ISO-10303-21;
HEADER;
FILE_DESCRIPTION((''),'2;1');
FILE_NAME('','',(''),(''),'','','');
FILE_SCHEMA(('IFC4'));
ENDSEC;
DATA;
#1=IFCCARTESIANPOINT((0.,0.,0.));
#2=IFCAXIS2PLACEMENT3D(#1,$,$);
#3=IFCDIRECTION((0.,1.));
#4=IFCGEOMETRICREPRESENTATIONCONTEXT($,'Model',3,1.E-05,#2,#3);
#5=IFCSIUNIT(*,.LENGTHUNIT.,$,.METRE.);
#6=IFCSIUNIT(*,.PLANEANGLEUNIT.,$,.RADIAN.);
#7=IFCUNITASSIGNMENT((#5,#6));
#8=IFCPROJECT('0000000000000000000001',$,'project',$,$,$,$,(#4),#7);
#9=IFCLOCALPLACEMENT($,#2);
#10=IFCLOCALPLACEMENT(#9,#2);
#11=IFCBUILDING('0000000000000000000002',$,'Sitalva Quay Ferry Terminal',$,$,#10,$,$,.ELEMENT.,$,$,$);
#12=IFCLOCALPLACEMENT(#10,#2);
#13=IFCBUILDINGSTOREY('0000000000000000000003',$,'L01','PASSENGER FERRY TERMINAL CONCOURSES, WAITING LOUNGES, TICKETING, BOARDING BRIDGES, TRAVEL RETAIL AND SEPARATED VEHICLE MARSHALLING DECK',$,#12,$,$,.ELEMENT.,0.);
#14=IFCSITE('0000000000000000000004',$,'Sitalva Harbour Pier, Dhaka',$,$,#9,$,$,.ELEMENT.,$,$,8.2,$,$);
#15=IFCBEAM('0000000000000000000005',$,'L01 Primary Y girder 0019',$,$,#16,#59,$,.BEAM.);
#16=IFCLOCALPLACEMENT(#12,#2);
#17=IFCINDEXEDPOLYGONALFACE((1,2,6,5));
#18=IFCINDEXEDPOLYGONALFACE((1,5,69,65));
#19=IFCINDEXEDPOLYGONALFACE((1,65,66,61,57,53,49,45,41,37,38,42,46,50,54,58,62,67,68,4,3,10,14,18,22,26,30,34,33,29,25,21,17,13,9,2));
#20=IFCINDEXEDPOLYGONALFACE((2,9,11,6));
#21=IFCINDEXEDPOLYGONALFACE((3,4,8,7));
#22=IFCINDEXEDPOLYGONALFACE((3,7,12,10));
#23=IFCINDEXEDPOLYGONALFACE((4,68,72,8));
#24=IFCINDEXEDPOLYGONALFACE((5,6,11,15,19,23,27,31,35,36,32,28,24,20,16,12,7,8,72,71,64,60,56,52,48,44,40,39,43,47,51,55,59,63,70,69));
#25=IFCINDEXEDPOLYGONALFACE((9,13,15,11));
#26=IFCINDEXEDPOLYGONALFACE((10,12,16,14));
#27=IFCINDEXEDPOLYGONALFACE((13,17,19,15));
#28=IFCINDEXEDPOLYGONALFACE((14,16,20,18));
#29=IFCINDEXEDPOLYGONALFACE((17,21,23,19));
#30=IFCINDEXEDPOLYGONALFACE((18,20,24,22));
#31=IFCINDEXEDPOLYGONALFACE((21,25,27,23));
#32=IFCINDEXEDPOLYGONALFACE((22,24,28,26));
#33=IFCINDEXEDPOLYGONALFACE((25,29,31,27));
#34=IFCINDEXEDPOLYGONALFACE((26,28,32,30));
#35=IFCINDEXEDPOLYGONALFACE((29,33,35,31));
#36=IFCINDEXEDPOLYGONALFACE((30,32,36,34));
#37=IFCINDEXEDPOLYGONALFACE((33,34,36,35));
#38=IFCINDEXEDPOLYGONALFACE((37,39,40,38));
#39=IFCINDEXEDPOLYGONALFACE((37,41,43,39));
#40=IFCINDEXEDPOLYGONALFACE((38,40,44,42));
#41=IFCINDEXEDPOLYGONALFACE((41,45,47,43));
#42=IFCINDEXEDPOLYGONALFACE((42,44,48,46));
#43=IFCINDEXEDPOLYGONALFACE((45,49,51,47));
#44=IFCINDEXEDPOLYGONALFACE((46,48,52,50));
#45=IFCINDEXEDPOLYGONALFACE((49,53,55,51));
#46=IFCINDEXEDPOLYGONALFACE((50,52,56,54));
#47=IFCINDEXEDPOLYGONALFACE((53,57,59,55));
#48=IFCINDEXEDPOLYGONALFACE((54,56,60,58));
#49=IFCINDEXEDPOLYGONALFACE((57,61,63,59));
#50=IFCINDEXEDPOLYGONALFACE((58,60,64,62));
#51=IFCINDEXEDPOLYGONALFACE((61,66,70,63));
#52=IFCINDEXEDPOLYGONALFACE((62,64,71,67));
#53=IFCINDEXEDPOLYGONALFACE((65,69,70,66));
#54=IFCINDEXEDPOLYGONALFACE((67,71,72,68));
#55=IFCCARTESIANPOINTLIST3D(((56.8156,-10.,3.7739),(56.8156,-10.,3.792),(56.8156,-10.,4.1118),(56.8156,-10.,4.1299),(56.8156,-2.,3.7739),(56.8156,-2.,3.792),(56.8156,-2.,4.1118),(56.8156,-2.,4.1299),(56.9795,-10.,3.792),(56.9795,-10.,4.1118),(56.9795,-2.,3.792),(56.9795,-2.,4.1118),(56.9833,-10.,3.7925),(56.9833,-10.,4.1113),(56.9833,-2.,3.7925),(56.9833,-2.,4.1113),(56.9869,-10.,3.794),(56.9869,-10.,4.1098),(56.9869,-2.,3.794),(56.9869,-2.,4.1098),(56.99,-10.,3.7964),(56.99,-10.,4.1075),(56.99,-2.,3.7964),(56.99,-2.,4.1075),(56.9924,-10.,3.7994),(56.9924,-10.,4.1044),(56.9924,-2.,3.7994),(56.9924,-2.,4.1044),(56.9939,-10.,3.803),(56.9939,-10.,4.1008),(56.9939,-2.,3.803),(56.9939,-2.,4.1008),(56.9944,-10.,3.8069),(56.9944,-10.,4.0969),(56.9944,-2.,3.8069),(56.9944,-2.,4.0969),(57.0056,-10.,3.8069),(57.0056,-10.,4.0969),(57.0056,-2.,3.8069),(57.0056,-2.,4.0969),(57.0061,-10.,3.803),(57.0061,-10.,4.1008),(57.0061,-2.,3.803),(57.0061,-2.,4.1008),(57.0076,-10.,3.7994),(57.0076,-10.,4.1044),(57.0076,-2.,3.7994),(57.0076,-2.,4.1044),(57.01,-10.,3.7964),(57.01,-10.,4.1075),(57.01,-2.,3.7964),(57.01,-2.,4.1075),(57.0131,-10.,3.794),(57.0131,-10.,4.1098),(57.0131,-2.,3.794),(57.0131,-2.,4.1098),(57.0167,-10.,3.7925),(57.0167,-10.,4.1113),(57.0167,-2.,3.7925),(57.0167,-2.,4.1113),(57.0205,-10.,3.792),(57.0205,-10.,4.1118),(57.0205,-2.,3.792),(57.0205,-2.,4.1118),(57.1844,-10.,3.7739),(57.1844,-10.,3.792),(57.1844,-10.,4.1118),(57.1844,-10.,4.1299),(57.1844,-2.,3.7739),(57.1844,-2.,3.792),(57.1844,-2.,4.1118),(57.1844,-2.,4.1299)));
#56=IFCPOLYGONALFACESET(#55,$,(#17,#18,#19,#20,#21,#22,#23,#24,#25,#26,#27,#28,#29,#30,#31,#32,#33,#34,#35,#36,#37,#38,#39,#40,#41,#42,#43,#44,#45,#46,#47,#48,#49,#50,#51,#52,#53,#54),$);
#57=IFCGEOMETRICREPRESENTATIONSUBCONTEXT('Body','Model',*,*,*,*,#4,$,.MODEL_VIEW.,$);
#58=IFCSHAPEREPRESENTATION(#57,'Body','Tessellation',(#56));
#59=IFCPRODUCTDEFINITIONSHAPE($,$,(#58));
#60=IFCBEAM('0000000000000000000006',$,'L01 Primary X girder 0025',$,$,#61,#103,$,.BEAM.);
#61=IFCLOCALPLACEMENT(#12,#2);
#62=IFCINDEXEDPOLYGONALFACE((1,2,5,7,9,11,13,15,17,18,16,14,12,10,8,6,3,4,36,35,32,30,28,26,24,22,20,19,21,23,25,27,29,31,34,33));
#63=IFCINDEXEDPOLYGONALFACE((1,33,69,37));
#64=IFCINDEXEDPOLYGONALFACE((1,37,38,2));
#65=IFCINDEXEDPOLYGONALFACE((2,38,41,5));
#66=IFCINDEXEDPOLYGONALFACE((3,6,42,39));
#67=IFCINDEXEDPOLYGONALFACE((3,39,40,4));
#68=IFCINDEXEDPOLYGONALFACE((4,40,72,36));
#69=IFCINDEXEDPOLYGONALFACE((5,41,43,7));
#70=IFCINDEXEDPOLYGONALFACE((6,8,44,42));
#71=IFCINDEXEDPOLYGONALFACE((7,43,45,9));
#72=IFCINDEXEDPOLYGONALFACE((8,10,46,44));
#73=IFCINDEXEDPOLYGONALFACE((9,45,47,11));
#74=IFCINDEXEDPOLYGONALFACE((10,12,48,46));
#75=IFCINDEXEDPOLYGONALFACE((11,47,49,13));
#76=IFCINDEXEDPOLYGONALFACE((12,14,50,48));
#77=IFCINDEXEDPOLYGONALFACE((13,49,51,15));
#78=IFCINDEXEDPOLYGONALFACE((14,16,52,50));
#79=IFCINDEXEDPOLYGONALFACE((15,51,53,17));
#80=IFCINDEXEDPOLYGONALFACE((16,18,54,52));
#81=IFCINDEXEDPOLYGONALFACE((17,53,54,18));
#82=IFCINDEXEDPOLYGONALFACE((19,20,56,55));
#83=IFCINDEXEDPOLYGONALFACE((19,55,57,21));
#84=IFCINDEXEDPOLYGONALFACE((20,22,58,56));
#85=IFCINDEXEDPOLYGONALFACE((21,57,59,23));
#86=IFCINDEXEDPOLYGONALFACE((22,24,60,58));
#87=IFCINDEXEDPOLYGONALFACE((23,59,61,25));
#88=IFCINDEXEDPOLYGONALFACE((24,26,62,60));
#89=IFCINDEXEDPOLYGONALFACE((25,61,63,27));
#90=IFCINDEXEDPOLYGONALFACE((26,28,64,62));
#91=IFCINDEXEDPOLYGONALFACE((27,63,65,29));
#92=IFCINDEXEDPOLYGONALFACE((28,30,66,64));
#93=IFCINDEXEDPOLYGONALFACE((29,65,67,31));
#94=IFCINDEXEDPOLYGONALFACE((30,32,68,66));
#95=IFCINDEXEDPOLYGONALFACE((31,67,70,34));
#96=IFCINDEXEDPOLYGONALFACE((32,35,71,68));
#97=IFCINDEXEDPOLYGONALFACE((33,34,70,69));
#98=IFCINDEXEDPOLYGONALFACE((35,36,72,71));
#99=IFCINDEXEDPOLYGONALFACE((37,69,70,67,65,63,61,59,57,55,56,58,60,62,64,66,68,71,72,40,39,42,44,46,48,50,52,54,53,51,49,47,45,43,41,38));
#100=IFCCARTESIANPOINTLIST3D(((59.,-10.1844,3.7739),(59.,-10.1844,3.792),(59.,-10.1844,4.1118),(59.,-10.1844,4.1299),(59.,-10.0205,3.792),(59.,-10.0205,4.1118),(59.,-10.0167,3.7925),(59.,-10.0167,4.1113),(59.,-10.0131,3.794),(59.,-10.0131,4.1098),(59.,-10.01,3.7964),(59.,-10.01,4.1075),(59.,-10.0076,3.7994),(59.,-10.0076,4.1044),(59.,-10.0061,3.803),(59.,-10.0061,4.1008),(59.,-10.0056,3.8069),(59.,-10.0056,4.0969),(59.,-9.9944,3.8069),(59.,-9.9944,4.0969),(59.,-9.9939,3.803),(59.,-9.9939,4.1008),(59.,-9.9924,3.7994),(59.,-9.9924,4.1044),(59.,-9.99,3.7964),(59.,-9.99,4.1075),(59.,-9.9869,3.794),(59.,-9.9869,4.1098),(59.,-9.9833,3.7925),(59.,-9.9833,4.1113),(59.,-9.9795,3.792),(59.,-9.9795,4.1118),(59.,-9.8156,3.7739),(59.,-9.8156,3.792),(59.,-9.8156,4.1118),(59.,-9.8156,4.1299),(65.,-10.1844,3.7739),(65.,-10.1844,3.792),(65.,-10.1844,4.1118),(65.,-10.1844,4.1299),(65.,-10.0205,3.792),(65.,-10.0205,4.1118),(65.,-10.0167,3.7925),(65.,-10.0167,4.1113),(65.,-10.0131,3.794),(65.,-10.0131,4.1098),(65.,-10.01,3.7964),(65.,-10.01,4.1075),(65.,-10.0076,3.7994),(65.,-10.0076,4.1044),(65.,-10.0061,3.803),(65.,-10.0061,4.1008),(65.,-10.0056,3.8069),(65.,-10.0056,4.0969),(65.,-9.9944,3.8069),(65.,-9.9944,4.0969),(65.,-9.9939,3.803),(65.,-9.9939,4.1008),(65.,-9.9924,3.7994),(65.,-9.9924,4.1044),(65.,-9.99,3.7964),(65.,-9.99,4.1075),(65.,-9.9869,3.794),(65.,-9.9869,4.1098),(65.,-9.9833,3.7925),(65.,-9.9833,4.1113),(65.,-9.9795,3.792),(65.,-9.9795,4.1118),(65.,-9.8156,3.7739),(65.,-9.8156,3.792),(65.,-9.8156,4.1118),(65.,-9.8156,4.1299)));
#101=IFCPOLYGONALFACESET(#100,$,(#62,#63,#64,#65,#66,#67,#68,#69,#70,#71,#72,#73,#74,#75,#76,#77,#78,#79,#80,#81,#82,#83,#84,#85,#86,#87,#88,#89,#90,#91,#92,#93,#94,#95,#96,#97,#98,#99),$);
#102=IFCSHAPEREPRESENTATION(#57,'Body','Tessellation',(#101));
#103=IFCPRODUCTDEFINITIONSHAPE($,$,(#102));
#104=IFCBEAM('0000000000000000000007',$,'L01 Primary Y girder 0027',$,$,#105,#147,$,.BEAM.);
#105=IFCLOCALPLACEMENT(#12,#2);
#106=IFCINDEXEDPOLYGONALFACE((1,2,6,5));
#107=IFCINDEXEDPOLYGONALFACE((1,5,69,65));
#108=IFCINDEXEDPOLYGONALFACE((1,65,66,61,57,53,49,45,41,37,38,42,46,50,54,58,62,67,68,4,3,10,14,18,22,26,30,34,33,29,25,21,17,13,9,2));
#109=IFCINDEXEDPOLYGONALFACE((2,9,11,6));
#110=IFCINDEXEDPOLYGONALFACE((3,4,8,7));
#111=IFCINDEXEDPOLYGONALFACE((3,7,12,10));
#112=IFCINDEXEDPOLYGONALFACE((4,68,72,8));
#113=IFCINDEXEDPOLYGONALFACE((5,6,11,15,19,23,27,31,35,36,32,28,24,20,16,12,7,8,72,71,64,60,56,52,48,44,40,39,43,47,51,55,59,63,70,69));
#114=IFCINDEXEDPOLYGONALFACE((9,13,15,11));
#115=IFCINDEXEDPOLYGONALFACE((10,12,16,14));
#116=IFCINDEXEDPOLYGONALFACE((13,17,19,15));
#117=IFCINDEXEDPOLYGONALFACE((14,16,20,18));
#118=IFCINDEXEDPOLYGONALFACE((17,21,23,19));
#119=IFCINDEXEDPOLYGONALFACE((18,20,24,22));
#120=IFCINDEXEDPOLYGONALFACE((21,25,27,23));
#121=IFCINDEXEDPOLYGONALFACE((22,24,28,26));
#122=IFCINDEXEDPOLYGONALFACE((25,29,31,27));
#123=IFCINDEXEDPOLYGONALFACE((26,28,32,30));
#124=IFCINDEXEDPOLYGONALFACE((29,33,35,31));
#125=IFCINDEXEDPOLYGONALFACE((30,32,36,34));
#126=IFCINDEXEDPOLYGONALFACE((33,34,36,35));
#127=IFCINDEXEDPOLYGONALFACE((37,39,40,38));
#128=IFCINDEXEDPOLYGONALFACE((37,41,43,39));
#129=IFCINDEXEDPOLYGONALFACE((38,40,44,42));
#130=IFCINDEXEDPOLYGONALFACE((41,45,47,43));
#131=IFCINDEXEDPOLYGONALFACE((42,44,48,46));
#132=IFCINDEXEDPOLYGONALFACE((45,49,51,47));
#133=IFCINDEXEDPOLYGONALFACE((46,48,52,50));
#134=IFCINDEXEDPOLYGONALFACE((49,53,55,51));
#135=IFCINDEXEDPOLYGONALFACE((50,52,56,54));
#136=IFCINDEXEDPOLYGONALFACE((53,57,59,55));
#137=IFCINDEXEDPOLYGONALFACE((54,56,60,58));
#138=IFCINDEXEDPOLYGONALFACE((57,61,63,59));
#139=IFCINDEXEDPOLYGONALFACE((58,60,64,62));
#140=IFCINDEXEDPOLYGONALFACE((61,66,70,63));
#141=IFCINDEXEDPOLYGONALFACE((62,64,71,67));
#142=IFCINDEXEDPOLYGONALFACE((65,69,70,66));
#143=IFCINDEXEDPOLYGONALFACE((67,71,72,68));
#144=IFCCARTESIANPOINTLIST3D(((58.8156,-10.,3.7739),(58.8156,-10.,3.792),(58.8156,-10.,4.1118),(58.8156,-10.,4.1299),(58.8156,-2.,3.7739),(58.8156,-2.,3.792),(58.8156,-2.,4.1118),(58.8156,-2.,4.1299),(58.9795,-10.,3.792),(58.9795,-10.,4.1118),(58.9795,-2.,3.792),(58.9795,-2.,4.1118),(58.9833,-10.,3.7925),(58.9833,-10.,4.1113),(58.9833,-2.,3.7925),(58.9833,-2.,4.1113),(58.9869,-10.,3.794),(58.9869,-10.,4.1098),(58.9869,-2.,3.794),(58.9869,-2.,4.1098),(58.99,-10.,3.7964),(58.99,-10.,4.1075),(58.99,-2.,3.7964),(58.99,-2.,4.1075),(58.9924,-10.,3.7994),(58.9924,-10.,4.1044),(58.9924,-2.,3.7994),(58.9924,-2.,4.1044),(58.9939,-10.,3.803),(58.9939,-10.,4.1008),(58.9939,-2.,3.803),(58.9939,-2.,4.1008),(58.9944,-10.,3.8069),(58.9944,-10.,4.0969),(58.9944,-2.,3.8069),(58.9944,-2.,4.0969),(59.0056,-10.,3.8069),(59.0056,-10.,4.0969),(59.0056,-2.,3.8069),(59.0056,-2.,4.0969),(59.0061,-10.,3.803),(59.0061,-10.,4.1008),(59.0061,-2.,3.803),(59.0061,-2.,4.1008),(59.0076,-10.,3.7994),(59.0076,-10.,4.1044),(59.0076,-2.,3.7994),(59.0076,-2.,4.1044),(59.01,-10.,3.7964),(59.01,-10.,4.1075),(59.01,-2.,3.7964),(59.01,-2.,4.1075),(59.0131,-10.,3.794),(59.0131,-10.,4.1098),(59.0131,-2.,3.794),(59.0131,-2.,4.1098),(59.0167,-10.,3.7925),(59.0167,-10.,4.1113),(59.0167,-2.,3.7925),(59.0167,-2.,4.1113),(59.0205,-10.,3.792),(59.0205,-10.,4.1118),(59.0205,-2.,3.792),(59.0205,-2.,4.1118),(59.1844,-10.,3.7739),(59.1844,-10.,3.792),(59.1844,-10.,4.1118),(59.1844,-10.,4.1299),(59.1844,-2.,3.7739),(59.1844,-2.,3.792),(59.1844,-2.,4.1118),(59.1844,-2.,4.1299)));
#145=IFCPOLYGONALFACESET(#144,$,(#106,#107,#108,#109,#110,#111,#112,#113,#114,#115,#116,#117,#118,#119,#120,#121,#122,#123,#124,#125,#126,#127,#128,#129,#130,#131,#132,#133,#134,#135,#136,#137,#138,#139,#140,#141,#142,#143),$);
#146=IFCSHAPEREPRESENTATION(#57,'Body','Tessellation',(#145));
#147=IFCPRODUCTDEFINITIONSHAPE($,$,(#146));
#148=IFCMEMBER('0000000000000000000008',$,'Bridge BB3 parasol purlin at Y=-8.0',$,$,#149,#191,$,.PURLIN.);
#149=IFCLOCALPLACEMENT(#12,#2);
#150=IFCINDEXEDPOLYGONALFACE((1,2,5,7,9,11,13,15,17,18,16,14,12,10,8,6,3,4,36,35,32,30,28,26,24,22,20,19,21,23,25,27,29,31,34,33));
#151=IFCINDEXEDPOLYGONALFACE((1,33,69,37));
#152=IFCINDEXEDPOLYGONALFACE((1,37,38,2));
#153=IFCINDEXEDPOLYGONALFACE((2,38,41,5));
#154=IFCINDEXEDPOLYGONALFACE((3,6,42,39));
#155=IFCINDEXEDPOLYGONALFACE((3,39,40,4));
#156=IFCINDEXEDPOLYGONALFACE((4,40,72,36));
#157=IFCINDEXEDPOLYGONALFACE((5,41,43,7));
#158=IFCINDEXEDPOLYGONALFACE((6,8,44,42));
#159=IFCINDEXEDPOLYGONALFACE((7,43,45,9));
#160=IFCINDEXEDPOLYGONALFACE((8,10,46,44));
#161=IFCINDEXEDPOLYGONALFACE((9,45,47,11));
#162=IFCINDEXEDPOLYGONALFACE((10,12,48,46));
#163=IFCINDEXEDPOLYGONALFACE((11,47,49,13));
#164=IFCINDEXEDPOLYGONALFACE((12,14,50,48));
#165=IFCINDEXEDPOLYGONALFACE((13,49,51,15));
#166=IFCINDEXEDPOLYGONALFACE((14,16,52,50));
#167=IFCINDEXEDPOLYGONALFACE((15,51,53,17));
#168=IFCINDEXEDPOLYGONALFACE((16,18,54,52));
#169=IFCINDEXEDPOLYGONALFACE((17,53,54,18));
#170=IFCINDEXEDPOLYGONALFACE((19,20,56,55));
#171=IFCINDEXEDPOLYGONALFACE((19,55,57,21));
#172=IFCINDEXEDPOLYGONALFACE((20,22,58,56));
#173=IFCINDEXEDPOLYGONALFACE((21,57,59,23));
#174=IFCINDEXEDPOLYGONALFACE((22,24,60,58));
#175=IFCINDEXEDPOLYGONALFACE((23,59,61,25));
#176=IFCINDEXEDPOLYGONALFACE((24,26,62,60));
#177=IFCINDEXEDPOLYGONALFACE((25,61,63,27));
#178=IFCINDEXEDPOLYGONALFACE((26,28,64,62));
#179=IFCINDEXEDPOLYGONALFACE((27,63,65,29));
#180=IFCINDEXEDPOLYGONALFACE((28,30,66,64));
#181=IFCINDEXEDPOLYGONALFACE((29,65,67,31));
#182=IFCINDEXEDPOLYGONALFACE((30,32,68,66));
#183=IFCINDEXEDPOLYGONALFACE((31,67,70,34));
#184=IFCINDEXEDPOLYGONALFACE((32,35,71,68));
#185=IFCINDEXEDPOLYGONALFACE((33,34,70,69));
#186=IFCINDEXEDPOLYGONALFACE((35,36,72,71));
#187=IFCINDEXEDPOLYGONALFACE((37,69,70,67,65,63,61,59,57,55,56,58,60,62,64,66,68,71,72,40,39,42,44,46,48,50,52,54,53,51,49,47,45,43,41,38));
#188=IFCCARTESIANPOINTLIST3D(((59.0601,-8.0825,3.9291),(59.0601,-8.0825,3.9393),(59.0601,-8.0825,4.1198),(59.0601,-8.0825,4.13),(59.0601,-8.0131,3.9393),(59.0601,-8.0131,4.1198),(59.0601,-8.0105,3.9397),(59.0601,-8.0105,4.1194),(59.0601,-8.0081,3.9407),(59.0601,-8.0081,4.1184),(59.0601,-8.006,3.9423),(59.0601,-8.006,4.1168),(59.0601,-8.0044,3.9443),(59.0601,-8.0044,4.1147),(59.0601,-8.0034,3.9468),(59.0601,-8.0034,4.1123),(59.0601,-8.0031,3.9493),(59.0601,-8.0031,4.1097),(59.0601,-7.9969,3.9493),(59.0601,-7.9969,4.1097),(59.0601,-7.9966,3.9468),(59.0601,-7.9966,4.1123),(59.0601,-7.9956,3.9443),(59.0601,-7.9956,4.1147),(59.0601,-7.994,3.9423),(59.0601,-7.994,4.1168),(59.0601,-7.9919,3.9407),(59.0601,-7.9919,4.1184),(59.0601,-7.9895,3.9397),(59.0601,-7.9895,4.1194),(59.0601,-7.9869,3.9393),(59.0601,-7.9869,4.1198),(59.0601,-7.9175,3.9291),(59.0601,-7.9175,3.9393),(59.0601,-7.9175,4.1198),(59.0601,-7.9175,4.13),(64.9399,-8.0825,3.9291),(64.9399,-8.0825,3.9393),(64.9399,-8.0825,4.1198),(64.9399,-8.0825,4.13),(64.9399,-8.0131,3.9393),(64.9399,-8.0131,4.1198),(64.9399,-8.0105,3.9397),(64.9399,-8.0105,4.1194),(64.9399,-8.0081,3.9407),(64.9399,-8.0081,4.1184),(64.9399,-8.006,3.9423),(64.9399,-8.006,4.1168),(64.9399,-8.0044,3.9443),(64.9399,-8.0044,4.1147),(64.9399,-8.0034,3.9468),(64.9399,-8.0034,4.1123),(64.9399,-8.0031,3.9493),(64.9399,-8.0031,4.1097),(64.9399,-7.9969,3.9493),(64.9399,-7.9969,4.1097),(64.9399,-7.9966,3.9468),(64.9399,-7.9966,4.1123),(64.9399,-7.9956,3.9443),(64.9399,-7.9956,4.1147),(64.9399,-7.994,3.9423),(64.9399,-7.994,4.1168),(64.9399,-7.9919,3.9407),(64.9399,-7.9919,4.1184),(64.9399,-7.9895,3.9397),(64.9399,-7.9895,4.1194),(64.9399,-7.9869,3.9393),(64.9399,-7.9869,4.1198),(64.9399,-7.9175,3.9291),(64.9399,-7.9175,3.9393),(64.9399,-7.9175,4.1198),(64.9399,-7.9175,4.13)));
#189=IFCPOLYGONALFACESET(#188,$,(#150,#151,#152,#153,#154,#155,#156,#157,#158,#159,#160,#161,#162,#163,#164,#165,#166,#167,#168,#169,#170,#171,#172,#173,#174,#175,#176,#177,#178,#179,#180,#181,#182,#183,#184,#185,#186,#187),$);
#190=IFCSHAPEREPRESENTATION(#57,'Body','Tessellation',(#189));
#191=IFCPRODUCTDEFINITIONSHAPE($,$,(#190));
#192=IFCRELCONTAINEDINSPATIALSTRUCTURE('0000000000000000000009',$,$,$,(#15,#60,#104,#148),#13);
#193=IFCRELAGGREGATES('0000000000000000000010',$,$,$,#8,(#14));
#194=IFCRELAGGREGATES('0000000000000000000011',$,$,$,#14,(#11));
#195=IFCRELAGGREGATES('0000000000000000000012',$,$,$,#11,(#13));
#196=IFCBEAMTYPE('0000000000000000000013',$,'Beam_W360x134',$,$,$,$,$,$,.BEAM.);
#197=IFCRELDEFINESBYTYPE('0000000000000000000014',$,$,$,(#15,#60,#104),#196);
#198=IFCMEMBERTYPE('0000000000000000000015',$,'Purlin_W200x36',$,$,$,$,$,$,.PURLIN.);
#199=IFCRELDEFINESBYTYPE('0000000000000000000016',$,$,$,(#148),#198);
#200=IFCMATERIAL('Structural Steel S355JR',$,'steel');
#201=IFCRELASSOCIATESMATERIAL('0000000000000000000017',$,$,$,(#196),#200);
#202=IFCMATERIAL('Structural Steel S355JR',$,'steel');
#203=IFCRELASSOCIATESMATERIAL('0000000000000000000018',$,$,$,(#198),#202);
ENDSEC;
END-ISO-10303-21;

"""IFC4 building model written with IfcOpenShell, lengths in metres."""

from ifc_helpers import new_model, si_unit, direction, frame, origin, origin_2d, place, context, subcontext, project, spatial, i_section, extrude, material, material_profile, profile_set, type_object, element, save


model = new_model("IFC4")

# Units and contexts
model_context = context("Model", 3, precision=1e-05, world=origin(), true_north=direction((0.0, 1.0)))
body_context = subcontext(model_context, "Body", "Model", "MODEL_VIEW")
ifc_project = project(units=[si_unit("LENGTHUNIT", "METRE"), si_unit("PLANEANGLEUNIT", "RADIAN")], contexts=[model_context])

# Site, building, storey
site_placement = place(None, origin())
site = spatial("IfcSite", under=ifc_project, at=site_placement, Name="Sitalva Harbour Pier, Dhaka", CompositionType="ELEMENT", RefElevation=8.2)
building_placement = place(site_placement, origin())
building = spatial("IfcBuilding", under=site, at=building_placement, Name="Sitalva Quay Ferry Terminal", CompositionType="ELEMENT")
storey_placement = place(building_placement, origin())
storey = spatial("IfcBuildingStorey", under=building, at=storey_placement, Name="L01", Description="PASSENGER FERRY TERMINAL CONCOURSES, WAITING LOUNGES, TICKETING, BOARDING BRIDGES, TRAVEL RETAIL AND SEPARATED VEHICLE MARSHALLING DECK", CompositionType="ELEMENT", Elevation=0.0)

# Beams
ifc_material_1 = material(Name="Structural Steel S355JR", Category="steel")
ifc_material_profile_1 = material_profile(ifc_material_1, i_section(OverallWidth=0.3689, OverallDepth=0.356, WebThickness=0.0112, FlangeThickness=0.0181, FilletRadius=0.0149, at=origin_2d()), Name="W360x134")
ifc_profile_set_1 = profile_set([ifc_material_profile_1], Name="Structural Steel S355JR")
beam_type = type_object("IfcBeamType", Name="Beam_W360x134", PredefinedType="BEAM", material=ifc_profile_set_1)
beam_1_placement = place(storey_placement, frame((57.0, -10.0, 3.9519), z_axis=(0.0, 1.0, 0.0), x_axis=(-1.0, 0.0, 0.0)))
element("IfcBeam", 1, at=beam_1_placement, inside=storey, type_object=beam_type, Name="L01 Primary Y girder 0019", PredefinedType="BEAM", context=body_context, shape_type="SweptSolid", body=[
    extrude(i_section(OverallWidth=0.3689, OverallDepth=0.356, WebThickness=0.0112, FlangeThickness=0.0181, FilletRadius=0.0149, at=origin_2d()), origin(), (0.0, 0.0, 1.0), 8.0),
])
beam_2_placement = place(storey_placement, frame((59.0, -10.0, 3.9519), z_axis=(1.0, 0.0, 0.0), x_axis=(0.0, 1.0, 0.0)))
element("IfcBeam", 2, at=beam_2_placement, inside=storey, type_object=beam_type, Name="L01 Primary X girder 0025", PredefinedType="BEAM", context=body_context, shape_type="SweptSolid", body=[
    extrude(i_section(OverallWidth=0.3689, OverallDepth=0.356, WebThickness=0.0112, FlangeThickness=0.0181, FilletRadius=0.0149, at=origin_2d()), origin(), (0.0, 0.0, 1.0), 6.0),
])
beam_3_placement = place(storey_placement, frame((59.0, -10.0, 3.9519), z_axis=(0.0, 1.0, 0.0), x_axis=(-1.0, 0.0, 0.0)))
element("IfcBeam", 3, at=beam_3_placement, inside=storey, type_object=beam_type, Name="L01 Primary Y girder 0027", PredefinedType="BEAM", context=body_context, shape_type="SweptSolid", body=[
    extrude(i_section(OverallWidth=0.3689, OverallDepth=0.356, WebThickness=0.0112, FlangeThickness=0.0181, FilletRadius=0.0149, at=origin_2d()), origin(), (0.0, 0.0, 1.0), 8.0),
])

# Member
ifc_material_2 = material(Name="Structural Steel S355JR", Category="steel")
ifc_material_profile_2 = material_profile(ifc_material_2, i_section(OverallWidth=0.165, OverallDepth=0.2009, WebThickness=0.0061, FlangeThickness=0.0103, FilletRadius=0.01, at=origin_2d()), Name="W200x36")
ifc_profile_set_2 = profile_set([ifc_material_profile_2], Name="Structural Steel S355JR")
member_type_1 = type_object("IfcMemberType", Name="Purlin_W200x36", PredefinedType="PURLIN", material=ifc_profile_set_2)
for number, where, z_axis, x_axis, name in (
    (4, (59.0601, -8.0, 4.0295), (1.0, 0.0, 0.0), (0.0, 1.0, 0.0), "Bridge BB3 parasol purlin at Y=-8.0"),
):
    element("IfcMember", number, at=place(storey_placement, frame(where, z_axis=z_axis, x_axis=x_axis)), inside=storey, type_object=member_type_1, Name=name, PredefinedType="PURLIN", context=body_context, shape_type="SweptSolid", body=[
        extrude(i_section(OverallWidth=0.165, OverallDepth=0.2009, WebThickness=0.0061, FlangeThickness=0.0103, FilletRadius=0.01, at=origin_2d()), origin(), (0.0, 0.0, 1.0), 5.8799),
    ])

save(model, "model.ifc")
